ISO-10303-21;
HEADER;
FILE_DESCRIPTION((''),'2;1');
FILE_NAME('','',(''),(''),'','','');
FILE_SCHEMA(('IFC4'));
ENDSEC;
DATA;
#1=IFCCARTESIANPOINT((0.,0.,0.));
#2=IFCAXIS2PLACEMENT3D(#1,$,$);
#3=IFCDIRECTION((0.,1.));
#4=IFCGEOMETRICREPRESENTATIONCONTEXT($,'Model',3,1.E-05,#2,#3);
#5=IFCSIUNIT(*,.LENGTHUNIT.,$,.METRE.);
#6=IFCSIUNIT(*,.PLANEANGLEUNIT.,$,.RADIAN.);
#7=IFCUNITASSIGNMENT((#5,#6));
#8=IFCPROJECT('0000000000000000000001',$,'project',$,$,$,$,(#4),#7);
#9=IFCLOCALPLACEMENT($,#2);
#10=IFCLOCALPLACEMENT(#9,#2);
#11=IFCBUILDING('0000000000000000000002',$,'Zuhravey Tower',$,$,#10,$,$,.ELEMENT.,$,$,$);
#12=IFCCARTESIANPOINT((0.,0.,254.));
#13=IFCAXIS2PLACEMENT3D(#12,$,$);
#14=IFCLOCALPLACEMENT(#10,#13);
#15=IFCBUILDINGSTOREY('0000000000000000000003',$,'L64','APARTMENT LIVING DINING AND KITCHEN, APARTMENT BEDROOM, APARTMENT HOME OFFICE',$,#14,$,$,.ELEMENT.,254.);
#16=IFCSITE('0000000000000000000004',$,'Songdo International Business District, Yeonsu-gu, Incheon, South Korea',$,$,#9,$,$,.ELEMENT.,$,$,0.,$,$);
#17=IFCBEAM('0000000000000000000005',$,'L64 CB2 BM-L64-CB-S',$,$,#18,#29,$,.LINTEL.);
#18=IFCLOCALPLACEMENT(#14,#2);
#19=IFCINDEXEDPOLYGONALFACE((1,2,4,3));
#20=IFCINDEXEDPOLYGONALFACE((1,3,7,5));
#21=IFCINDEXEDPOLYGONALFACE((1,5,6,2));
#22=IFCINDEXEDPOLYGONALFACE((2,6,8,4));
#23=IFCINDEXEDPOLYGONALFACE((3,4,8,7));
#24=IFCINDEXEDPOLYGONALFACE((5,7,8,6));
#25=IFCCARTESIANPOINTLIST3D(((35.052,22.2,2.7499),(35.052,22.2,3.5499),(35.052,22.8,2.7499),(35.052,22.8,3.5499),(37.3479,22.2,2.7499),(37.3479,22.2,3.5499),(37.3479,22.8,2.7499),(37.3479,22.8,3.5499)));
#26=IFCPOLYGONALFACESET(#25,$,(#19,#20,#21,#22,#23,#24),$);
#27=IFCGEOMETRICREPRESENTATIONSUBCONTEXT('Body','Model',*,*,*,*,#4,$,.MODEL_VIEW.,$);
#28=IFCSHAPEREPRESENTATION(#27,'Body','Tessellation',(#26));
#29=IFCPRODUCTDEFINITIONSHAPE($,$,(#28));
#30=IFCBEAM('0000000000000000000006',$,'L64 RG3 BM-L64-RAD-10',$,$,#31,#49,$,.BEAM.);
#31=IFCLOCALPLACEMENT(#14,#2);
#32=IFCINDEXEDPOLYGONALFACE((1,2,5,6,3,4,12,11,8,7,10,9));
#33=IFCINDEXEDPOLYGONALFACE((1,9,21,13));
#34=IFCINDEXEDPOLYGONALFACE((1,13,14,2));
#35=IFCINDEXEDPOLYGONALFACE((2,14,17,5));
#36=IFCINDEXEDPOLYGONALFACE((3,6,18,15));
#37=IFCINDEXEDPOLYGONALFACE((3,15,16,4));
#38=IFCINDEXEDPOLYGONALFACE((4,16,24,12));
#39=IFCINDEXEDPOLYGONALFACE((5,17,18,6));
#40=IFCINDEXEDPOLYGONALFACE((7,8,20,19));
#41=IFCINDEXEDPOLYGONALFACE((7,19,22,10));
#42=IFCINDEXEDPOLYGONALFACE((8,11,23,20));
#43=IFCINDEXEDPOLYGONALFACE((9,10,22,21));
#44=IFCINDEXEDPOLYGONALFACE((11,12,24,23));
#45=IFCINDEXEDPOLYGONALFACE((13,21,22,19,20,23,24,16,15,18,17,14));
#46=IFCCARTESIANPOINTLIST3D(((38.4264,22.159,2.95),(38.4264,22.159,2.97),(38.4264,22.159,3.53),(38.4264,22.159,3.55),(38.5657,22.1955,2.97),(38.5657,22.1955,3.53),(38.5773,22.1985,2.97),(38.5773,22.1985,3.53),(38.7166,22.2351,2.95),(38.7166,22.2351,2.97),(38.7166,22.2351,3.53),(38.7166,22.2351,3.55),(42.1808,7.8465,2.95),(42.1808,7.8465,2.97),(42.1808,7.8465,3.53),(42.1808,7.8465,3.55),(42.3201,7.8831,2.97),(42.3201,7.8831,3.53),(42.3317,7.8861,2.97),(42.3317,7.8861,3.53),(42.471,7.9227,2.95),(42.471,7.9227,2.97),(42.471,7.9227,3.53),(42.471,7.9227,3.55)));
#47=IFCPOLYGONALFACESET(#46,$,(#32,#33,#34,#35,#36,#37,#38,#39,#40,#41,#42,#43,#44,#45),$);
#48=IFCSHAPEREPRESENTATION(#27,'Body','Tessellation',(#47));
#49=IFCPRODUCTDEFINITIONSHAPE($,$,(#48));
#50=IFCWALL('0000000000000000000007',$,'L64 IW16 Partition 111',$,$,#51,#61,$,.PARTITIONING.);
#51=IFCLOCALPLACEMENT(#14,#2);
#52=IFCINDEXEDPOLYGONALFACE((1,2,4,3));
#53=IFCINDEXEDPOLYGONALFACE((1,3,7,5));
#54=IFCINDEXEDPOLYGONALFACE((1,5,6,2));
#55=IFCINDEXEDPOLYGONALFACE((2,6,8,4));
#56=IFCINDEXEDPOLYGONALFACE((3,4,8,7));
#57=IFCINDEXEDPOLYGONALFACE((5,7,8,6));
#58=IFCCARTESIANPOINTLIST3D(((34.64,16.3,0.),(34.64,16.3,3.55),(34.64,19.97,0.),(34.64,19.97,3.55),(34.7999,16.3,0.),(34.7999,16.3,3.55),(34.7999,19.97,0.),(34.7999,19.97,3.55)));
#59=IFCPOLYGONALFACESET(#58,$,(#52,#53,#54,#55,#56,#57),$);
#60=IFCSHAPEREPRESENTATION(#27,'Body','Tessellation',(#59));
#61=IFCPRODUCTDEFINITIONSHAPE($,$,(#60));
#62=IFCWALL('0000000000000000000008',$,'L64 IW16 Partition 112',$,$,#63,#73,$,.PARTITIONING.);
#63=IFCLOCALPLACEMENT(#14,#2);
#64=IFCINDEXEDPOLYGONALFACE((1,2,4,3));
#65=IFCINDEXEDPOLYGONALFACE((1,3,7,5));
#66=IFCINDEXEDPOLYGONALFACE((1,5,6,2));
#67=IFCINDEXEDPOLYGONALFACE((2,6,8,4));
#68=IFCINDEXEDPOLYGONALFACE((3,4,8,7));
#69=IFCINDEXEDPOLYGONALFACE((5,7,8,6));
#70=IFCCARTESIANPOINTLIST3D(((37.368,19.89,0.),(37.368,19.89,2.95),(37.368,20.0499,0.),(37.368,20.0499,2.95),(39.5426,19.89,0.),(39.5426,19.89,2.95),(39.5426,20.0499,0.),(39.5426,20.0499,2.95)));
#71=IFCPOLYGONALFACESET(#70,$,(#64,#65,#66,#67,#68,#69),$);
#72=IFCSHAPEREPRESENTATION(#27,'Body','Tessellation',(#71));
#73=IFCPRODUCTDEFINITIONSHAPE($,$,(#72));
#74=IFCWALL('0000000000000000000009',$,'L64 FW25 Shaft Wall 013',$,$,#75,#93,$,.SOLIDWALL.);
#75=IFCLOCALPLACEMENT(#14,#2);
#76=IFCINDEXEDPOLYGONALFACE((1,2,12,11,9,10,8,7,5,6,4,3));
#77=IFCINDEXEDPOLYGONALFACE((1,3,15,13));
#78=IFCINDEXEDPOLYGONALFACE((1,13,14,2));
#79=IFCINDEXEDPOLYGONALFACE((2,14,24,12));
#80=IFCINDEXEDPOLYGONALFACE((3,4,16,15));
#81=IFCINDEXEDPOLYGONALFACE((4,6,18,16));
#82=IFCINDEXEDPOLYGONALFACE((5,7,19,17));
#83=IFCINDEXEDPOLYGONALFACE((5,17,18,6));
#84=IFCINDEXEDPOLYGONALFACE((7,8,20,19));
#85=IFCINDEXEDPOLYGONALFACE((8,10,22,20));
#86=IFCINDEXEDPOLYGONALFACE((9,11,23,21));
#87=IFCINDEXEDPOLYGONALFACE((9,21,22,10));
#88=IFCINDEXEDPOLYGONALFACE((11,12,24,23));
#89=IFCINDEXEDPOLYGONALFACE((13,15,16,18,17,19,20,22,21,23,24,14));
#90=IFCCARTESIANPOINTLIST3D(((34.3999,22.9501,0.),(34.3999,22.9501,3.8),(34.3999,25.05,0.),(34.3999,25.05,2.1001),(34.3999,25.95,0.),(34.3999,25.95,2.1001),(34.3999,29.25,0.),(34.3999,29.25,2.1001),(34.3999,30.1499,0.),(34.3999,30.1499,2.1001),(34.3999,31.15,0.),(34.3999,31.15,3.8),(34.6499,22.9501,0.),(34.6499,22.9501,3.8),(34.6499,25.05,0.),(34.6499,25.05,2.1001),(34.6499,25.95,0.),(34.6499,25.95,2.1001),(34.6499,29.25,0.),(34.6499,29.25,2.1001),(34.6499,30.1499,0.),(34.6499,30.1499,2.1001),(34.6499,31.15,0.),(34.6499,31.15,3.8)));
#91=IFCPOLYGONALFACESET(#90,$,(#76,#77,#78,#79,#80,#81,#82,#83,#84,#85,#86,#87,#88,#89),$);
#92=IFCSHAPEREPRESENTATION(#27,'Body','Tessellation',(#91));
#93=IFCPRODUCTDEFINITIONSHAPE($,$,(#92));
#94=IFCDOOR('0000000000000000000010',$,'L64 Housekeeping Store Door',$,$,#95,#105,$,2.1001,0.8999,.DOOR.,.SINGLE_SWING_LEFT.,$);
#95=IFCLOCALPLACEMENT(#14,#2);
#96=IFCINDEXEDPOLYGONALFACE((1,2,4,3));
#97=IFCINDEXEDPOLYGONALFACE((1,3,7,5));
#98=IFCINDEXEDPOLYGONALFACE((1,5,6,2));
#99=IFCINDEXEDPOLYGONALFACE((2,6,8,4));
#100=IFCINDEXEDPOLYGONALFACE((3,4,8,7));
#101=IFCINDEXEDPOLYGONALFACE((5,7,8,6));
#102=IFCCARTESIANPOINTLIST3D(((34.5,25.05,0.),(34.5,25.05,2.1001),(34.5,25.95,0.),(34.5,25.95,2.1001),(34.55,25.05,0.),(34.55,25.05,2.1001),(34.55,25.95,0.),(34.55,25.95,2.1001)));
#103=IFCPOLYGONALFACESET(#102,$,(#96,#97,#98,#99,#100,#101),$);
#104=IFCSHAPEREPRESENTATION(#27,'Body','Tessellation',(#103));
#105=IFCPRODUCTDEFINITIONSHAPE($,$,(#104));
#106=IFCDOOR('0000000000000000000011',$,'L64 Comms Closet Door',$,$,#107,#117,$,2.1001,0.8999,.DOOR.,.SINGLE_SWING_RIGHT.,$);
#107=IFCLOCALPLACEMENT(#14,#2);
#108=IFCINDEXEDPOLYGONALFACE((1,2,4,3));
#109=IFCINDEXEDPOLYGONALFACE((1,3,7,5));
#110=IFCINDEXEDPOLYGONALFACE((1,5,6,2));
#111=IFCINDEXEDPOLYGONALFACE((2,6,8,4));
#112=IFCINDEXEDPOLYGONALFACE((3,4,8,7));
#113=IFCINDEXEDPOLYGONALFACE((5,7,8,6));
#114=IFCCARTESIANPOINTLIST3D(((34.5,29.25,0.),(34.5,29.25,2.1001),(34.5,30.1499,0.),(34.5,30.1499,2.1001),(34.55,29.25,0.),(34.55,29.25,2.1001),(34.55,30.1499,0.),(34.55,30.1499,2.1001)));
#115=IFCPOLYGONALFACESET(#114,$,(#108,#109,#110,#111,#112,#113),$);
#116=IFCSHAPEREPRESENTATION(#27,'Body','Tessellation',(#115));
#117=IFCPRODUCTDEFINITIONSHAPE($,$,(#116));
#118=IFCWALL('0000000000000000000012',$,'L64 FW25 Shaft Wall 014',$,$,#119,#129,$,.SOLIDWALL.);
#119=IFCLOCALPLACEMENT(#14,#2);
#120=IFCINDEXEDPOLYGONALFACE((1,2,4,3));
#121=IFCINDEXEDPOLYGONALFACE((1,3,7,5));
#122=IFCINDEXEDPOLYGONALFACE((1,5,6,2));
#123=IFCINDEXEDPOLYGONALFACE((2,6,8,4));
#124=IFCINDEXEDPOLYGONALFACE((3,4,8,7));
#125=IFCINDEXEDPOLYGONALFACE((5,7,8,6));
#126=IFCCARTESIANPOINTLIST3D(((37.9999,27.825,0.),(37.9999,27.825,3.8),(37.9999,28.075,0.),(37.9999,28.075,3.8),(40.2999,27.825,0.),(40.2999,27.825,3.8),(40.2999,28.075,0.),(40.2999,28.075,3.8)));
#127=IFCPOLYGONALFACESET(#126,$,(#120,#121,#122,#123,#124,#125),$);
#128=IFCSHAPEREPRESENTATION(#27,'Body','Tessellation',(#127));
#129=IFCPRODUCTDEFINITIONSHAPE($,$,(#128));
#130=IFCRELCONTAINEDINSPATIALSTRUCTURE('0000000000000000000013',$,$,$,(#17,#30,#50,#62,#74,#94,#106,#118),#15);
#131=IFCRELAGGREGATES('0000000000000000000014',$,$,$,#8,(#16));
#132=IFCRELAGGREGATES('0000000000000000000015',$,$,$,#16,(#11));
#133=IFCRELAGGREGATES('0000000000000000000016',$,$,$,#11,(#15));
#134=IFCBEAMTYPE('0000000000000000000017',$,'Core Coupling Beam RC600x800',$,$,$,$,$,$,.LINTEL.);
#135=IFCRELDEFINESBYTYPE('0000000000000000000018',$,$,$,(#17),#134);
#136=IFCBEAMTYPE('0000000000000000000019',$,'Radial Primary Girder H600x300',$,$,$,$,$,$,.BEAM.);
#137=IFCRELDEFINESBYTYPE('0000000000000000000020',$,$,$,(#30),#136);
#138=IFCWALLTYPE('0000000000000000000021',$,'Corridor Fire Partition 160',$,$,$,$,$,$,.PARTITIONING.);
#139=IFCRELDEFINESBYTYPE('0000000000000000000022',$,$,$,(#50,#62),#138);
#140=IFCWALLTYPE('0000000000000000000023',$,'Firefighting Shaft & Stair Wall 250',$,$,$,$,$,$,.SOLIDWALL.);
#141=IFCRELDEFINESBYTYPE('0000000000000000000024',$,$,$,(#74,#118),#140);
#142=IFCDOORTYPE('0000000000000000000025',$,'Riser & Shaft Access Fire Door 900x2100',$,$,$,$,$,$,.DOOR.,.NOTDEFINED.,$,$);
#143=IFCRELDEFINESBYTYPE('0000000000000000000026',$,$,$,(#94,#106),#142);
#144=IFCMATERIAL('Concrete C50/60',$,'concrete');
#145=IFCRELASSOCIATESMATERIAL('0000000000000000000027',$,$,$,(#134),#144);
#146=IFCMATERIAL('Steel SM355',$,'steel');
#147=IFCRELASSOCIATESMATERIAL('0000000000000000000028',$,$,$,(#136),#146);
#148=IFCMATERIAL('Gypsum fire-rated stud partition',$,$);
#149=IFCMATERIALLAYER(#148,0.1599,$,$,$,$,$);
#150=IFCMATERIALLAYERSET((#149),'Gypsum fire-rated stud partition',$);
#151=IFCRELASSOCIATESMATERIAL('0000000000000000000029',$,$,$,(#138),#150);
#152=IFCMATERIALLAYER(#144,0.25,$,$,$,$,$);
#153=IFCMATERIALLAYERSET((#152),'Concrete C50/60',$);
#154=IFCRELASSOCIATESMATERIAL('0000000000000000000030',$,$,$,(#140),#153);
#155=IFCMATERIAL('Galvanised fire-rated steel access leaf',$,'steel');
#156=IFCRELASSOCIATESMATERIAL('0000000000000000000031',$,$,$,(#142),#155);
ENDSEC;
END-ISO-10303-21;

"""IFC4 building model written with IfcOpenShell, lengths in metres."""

from ifc_helpers import new_model, si_unit, direction, frame, frame_2d, origin, origin_2d, place, context, subcontext, project, spatial, rectangle, i_section, extrude, material, layer, layer_set, material_profile, profile_set, type_object, element, fill, save


model = new_model("IFC4")

# Units and contexts
model_context = context("Model", 3, precision=1e-05, world=origin(), true_north=direction((0.0, 1.0)))
body_context = subcontext(model_context, "Body", "Model", "MODEL_VIEW")
ifc_project = project(units=[si_unit("LENGTHUNIT", "METRE"), si_unit("PLANEANGLEUNIT", "RADIAN")], contexts=[model_context])

# Site, building, storey
site_placement = place(None, origin())
site = spatial("IfcSite", under=ifc_project, at=site_placement, Name="Songdo International Business District, Yeonsu-gu, Incheon, South Korea", CompositionType="ELEMENT", RefElevation=0.0)
building_placement = place(site_placement, origin())
building = spatial("IfcBuilding", under=site, at=building_placement, Name="Zuhravey Tower", CompositionType="ELEMENT")
storey_placement = place(building_placement, frame((0.0, 0.0, 254.0)))
storey = spatial("IfcBuildingStorey", under=building, at=storey_placement, Name="L64", Description="APARTMENT LIVING DINING AND KITCHEN, APARTMENT BEDROOM, APARTMENT HOME OFFICE", CompositionType="ELEMENT", Elevation=254.0)

# Beams
ifc_material_1 = material(Name="Concrete C50/60", Category="concrete")
ifc_material_profile_1 = material_profile(ifc_material_1, rectangle(XDim=0.6001, YDim=0.8, at=origin_2d()), Name="RC-600x800")
ifc_profile_set_1 = profile_set([ifc_material_profile_1], Name="Concrete C50/60")
beam_type_1 = type_object("IfcBeamType", Name="Core Coupling Beam RC600x800", PredefinedType="LINTEL", material=ifc_profile_set_1)
beam_1_placement = place(storey_placement, frame((35.052, 22.5, 3.1499), z_axis=(1.0, 0.0, 0.0), x_axis=(0.0, 1.0, 0.0)))
element("IfcBeam", 1, at=beam_1_placement, inside=storey, type_object=beam_type_1, Name="L64 CB2 BM-L64-CB-S", PredefinedType="LINTEL", context=body_context, shape_type="SweptSolid", body=[
    extrude(rectangle(XDim=0.6001, YDim=0.8, at=origin_2d()), origin(), (0.0, 0.0, 1.0), 2.2959),
])
ifc_material_2 = material(Name="Steel SM355", Category="steel")
ifc_material_profile_2 = material_profile(ifc_material_2, i_section(OverallWidth=0.3, OverallDepth=0.6001, WebThickness=0.012, FlangeThickness=0.02, at=origin_2d()), Name="H-600x300x12x20")
ifc_profile_set_2 = profile_set([ifc_material_profile_2], Name="Steel SM355")
beam_type_2 = type_object("IfcBeamType", Name="Radial Primary Girder H600x300", PredefinedType="BEAM", material=ifc_profile_set_2)
beam_2_placement = place(storey_placement, frame((38.5715, 22.197, 3.25), z_axis=(0.253731, -0.967275, 0.0), x_axis=(0.967275, 0.253731, 0.0)))
element("IfcBeam", 2, at=beam_2_placement, inside=storey, type_object=beam_type_2, Name="L64 RG3 BM-L64-RAD-10", PredefinedType="BEAM", context=body_context, shape_type="SweptSolid", body=[
    extrude(i_section(OverallWidth=0.3, OverallDepth=0.6001, WebThickness=0.012, FlangeThickness=0.02, at=origin_2d()), origin(), (0.0, 0.0, 1.0), 14.7966),
])

# Walls
ifc_material_3 = material(Name="Gypsum fire-rated stud partition")
ifc_layer_1 = layer(ifc_material_3, 0.1599)
ifc_layer_set_1 = layer_set([ifc_layer_1], Name="Gypsum fire-rated stud partition")
wall_type_1 = type_object("IfcWallType", Name="Corridor Fire Partition 160", PredefinedType="PARTITIONING", material=ifc_layer_set_1)
wall_1_placement = place(storey_placement, frame((34.72, 19.97, 0.0), z_axis=(0.0, 0.0, 1.0), x_axis=(0.0, -1.0, 0.0)))
element("IfcWall", 3, at=wall_1_placement, inside=storey, type_object=wall_type_1, Name="L64 IW16 Partition 111", PredefinedType="PARTITIONING", context=body_context, shape_type="SweptSolid", body=[
    extrude(rectangle(XDim=3.6699, YDim=0.1599, at=frame_2d((1.835, 0.0))), origin(), (0.0, 0.0, 1.0), 3.55),
])
wall_2_placement = place(storey_placement, frame((37.3679, 19.97, 0.0), z_axis=(0.0, 0.0, 1.0), x_axis=(1.0, 0.0, 0.0)))
element("IfcWall", 4, at=wall_2_placement, inside=storey, type_object=wall_type_1, Name="L64 IW16 Partition 112", PredefinedType="PARTITIONING", context=body_context, shape_type="SweptSolid", body=[
    extrude(rectangle(XDim=2.1746, YDim=0.1599, at=frame_2d((1.0874, 0.0))), origin(), (0.0, 0.0, 1.0), 2.95),
])

# Shared definitions
ifc_layer_2 = layer(ifc_material_1, 0.25)
ifc_layer_set_2 = layer_set([ifc_layer_2], Name="Concrete C50/60")
wall_type_2 = type_object("IfcWallType", Name="Firefighting Shaft & Stair Wall 250", PredefinedType="SOLIDWALL", material=ifc_layer_set_2)

# Wall, openings, doors
wall_3_placement = place(storey_placement, frame((34.5249, 22.95, 0.0), z_axis=(0.0, 0.0, 1.0), x_axis=(0.0, 1.0, 0.0)))
wall_3 = element("IfcWall", 5, at=wall_3_placement, inside=storey, type_object=wall_type_2, Name="L64 FW25 Shaft Wall 013", PredefinedType="SOLIDWALL", context=body_context, shape_type="SweptSolid", body=[
    extrude(rectangle(XDim=8.2, YDim=0.25, at=frame_2d((4.1001, 0.0))), origin(), (0.0, 0.0, 1.0), 3.8),
])
opening_1_placement = place(wall_3_placement, frame((2.1001, 0.0, 0.0)))
opening_1 = element("IfcOpeningElement", 6, at=opening_1_placement, cuts=wall_3, PredefinedType="OPENING", context=body_context, shape_type="SweptSolid", body=[
    extrude(rectangle(XDim=0.8999, YDim=2.1001, at=frame_2d((0.45, 1.05))), frame((0.0, 0.137, 0.0), z_axis=(0.0, -1.0, 0.0), x_axis=(1.0, 0.0, 0.0)), (0.0, 0.0, 1.0), 0.2739),
])
opening_2_placement = place(wall_3_placement, frame((6.3, 0.0, 0.0)))
opening_2 = element("IfcOpeningElement", 7, at=opening_2_placement, cuts=wall_3, PredefinedType="OPENING", context=body_context, shape_type="SweptSolid", body=[
    extrude(rectangle(XDim=0.8999, YDim=2.1001, at=frame_2d((0.45, 1.05))), frame((0.0, 0.137, 0.0), z_axis=(0.0, -1.0, 0.0), x_axis=(1.0, 0.0, 0.0)), (0.0, 0.0, 1.0), 0.2739),
])
ifc_material_4 = material(Name="Galvanised fire-rated steel access leaf", Category="steel")
door_type_1 = type_object("IfcDoorType", Name="Riser & Shaft Access Fire Door 900x2100", OperationType="NOTDEFINED", PredefinedType="DOOR", material=ifc_material_4)
door_1_placement = place(opening_1_placement, origin())
door_1 = element("IfcDoor", 8, at=door_1_placement, inside=storey, type_object=door_type_1, Name="L64 Housekeeping Store Door", OperationType="SINGLE_SWING_LEFT", OverallHeight=2.1001, OverallWidth=0.8999, PredefinedType="DOOR", context=body_context, shape_type="SweptSolid", body=[
    extrude(rectangle(XDim=0.8999, YDim=2.1001, at=frame_2d((0.45, 1.05))), frame((0.0, 0.0249, 0.0), z_axis=(0.0, -1.0, 0.0), x_axis=(1.0, 0.0, 0.0)), (0.0, 0.0, 1.0), 0.05),
])
fill(opening_1, door_1)
door_2_placement = place(opening_2_placement, origin())
door_2 = element("IfcDoor", 9, at=door_2_placement, inside=storey, type_object=door_type_1, Name="L64 Comms Closet Door", OperationType="SINGLE_SWING_RIGHT", OverallHeight=2.1001, OverallWidth=0.8999, PredefinedType="DOOR", context=body_context, shape_type="SweptSolid", body=[
    extrude(rectangle(XDim=0.8999, YDim=2.1001, at=frame_2d((0.45, 1.05))), frame((0.0, 0.0249, 0.0), z_axis=(0.0, -1.0, 0.0), x_axis=(1.0, 0.0, 0.0)), (0.0, 0.0, 1.0), 0.05),
])
fill(opening_2, door_2)

# Wall
wall_4_placement = place(storey_placement, frame((38.0, 27.95, 0.0), z_axis=(0.0, 0.0, 1.0), x_axis=(1.0, 0.0, 0.0)))
element("IfcWall", 10, at=wall_4_placement, inside=storey, type_object=wall_type_2, Name="L64 FW25 Shaft Wall 014", PredefinedType="SOLIDWALL", context=body_context, shape_type="SweptSolid", body=[
    extrude(rectangle(XDim=2.3, YDim=0.25, at=frame_2d((1.1499, 0.0))), origin(), (0.0, 0.0, 1.0), 3.8),
])

save(model, "model.ifc")
